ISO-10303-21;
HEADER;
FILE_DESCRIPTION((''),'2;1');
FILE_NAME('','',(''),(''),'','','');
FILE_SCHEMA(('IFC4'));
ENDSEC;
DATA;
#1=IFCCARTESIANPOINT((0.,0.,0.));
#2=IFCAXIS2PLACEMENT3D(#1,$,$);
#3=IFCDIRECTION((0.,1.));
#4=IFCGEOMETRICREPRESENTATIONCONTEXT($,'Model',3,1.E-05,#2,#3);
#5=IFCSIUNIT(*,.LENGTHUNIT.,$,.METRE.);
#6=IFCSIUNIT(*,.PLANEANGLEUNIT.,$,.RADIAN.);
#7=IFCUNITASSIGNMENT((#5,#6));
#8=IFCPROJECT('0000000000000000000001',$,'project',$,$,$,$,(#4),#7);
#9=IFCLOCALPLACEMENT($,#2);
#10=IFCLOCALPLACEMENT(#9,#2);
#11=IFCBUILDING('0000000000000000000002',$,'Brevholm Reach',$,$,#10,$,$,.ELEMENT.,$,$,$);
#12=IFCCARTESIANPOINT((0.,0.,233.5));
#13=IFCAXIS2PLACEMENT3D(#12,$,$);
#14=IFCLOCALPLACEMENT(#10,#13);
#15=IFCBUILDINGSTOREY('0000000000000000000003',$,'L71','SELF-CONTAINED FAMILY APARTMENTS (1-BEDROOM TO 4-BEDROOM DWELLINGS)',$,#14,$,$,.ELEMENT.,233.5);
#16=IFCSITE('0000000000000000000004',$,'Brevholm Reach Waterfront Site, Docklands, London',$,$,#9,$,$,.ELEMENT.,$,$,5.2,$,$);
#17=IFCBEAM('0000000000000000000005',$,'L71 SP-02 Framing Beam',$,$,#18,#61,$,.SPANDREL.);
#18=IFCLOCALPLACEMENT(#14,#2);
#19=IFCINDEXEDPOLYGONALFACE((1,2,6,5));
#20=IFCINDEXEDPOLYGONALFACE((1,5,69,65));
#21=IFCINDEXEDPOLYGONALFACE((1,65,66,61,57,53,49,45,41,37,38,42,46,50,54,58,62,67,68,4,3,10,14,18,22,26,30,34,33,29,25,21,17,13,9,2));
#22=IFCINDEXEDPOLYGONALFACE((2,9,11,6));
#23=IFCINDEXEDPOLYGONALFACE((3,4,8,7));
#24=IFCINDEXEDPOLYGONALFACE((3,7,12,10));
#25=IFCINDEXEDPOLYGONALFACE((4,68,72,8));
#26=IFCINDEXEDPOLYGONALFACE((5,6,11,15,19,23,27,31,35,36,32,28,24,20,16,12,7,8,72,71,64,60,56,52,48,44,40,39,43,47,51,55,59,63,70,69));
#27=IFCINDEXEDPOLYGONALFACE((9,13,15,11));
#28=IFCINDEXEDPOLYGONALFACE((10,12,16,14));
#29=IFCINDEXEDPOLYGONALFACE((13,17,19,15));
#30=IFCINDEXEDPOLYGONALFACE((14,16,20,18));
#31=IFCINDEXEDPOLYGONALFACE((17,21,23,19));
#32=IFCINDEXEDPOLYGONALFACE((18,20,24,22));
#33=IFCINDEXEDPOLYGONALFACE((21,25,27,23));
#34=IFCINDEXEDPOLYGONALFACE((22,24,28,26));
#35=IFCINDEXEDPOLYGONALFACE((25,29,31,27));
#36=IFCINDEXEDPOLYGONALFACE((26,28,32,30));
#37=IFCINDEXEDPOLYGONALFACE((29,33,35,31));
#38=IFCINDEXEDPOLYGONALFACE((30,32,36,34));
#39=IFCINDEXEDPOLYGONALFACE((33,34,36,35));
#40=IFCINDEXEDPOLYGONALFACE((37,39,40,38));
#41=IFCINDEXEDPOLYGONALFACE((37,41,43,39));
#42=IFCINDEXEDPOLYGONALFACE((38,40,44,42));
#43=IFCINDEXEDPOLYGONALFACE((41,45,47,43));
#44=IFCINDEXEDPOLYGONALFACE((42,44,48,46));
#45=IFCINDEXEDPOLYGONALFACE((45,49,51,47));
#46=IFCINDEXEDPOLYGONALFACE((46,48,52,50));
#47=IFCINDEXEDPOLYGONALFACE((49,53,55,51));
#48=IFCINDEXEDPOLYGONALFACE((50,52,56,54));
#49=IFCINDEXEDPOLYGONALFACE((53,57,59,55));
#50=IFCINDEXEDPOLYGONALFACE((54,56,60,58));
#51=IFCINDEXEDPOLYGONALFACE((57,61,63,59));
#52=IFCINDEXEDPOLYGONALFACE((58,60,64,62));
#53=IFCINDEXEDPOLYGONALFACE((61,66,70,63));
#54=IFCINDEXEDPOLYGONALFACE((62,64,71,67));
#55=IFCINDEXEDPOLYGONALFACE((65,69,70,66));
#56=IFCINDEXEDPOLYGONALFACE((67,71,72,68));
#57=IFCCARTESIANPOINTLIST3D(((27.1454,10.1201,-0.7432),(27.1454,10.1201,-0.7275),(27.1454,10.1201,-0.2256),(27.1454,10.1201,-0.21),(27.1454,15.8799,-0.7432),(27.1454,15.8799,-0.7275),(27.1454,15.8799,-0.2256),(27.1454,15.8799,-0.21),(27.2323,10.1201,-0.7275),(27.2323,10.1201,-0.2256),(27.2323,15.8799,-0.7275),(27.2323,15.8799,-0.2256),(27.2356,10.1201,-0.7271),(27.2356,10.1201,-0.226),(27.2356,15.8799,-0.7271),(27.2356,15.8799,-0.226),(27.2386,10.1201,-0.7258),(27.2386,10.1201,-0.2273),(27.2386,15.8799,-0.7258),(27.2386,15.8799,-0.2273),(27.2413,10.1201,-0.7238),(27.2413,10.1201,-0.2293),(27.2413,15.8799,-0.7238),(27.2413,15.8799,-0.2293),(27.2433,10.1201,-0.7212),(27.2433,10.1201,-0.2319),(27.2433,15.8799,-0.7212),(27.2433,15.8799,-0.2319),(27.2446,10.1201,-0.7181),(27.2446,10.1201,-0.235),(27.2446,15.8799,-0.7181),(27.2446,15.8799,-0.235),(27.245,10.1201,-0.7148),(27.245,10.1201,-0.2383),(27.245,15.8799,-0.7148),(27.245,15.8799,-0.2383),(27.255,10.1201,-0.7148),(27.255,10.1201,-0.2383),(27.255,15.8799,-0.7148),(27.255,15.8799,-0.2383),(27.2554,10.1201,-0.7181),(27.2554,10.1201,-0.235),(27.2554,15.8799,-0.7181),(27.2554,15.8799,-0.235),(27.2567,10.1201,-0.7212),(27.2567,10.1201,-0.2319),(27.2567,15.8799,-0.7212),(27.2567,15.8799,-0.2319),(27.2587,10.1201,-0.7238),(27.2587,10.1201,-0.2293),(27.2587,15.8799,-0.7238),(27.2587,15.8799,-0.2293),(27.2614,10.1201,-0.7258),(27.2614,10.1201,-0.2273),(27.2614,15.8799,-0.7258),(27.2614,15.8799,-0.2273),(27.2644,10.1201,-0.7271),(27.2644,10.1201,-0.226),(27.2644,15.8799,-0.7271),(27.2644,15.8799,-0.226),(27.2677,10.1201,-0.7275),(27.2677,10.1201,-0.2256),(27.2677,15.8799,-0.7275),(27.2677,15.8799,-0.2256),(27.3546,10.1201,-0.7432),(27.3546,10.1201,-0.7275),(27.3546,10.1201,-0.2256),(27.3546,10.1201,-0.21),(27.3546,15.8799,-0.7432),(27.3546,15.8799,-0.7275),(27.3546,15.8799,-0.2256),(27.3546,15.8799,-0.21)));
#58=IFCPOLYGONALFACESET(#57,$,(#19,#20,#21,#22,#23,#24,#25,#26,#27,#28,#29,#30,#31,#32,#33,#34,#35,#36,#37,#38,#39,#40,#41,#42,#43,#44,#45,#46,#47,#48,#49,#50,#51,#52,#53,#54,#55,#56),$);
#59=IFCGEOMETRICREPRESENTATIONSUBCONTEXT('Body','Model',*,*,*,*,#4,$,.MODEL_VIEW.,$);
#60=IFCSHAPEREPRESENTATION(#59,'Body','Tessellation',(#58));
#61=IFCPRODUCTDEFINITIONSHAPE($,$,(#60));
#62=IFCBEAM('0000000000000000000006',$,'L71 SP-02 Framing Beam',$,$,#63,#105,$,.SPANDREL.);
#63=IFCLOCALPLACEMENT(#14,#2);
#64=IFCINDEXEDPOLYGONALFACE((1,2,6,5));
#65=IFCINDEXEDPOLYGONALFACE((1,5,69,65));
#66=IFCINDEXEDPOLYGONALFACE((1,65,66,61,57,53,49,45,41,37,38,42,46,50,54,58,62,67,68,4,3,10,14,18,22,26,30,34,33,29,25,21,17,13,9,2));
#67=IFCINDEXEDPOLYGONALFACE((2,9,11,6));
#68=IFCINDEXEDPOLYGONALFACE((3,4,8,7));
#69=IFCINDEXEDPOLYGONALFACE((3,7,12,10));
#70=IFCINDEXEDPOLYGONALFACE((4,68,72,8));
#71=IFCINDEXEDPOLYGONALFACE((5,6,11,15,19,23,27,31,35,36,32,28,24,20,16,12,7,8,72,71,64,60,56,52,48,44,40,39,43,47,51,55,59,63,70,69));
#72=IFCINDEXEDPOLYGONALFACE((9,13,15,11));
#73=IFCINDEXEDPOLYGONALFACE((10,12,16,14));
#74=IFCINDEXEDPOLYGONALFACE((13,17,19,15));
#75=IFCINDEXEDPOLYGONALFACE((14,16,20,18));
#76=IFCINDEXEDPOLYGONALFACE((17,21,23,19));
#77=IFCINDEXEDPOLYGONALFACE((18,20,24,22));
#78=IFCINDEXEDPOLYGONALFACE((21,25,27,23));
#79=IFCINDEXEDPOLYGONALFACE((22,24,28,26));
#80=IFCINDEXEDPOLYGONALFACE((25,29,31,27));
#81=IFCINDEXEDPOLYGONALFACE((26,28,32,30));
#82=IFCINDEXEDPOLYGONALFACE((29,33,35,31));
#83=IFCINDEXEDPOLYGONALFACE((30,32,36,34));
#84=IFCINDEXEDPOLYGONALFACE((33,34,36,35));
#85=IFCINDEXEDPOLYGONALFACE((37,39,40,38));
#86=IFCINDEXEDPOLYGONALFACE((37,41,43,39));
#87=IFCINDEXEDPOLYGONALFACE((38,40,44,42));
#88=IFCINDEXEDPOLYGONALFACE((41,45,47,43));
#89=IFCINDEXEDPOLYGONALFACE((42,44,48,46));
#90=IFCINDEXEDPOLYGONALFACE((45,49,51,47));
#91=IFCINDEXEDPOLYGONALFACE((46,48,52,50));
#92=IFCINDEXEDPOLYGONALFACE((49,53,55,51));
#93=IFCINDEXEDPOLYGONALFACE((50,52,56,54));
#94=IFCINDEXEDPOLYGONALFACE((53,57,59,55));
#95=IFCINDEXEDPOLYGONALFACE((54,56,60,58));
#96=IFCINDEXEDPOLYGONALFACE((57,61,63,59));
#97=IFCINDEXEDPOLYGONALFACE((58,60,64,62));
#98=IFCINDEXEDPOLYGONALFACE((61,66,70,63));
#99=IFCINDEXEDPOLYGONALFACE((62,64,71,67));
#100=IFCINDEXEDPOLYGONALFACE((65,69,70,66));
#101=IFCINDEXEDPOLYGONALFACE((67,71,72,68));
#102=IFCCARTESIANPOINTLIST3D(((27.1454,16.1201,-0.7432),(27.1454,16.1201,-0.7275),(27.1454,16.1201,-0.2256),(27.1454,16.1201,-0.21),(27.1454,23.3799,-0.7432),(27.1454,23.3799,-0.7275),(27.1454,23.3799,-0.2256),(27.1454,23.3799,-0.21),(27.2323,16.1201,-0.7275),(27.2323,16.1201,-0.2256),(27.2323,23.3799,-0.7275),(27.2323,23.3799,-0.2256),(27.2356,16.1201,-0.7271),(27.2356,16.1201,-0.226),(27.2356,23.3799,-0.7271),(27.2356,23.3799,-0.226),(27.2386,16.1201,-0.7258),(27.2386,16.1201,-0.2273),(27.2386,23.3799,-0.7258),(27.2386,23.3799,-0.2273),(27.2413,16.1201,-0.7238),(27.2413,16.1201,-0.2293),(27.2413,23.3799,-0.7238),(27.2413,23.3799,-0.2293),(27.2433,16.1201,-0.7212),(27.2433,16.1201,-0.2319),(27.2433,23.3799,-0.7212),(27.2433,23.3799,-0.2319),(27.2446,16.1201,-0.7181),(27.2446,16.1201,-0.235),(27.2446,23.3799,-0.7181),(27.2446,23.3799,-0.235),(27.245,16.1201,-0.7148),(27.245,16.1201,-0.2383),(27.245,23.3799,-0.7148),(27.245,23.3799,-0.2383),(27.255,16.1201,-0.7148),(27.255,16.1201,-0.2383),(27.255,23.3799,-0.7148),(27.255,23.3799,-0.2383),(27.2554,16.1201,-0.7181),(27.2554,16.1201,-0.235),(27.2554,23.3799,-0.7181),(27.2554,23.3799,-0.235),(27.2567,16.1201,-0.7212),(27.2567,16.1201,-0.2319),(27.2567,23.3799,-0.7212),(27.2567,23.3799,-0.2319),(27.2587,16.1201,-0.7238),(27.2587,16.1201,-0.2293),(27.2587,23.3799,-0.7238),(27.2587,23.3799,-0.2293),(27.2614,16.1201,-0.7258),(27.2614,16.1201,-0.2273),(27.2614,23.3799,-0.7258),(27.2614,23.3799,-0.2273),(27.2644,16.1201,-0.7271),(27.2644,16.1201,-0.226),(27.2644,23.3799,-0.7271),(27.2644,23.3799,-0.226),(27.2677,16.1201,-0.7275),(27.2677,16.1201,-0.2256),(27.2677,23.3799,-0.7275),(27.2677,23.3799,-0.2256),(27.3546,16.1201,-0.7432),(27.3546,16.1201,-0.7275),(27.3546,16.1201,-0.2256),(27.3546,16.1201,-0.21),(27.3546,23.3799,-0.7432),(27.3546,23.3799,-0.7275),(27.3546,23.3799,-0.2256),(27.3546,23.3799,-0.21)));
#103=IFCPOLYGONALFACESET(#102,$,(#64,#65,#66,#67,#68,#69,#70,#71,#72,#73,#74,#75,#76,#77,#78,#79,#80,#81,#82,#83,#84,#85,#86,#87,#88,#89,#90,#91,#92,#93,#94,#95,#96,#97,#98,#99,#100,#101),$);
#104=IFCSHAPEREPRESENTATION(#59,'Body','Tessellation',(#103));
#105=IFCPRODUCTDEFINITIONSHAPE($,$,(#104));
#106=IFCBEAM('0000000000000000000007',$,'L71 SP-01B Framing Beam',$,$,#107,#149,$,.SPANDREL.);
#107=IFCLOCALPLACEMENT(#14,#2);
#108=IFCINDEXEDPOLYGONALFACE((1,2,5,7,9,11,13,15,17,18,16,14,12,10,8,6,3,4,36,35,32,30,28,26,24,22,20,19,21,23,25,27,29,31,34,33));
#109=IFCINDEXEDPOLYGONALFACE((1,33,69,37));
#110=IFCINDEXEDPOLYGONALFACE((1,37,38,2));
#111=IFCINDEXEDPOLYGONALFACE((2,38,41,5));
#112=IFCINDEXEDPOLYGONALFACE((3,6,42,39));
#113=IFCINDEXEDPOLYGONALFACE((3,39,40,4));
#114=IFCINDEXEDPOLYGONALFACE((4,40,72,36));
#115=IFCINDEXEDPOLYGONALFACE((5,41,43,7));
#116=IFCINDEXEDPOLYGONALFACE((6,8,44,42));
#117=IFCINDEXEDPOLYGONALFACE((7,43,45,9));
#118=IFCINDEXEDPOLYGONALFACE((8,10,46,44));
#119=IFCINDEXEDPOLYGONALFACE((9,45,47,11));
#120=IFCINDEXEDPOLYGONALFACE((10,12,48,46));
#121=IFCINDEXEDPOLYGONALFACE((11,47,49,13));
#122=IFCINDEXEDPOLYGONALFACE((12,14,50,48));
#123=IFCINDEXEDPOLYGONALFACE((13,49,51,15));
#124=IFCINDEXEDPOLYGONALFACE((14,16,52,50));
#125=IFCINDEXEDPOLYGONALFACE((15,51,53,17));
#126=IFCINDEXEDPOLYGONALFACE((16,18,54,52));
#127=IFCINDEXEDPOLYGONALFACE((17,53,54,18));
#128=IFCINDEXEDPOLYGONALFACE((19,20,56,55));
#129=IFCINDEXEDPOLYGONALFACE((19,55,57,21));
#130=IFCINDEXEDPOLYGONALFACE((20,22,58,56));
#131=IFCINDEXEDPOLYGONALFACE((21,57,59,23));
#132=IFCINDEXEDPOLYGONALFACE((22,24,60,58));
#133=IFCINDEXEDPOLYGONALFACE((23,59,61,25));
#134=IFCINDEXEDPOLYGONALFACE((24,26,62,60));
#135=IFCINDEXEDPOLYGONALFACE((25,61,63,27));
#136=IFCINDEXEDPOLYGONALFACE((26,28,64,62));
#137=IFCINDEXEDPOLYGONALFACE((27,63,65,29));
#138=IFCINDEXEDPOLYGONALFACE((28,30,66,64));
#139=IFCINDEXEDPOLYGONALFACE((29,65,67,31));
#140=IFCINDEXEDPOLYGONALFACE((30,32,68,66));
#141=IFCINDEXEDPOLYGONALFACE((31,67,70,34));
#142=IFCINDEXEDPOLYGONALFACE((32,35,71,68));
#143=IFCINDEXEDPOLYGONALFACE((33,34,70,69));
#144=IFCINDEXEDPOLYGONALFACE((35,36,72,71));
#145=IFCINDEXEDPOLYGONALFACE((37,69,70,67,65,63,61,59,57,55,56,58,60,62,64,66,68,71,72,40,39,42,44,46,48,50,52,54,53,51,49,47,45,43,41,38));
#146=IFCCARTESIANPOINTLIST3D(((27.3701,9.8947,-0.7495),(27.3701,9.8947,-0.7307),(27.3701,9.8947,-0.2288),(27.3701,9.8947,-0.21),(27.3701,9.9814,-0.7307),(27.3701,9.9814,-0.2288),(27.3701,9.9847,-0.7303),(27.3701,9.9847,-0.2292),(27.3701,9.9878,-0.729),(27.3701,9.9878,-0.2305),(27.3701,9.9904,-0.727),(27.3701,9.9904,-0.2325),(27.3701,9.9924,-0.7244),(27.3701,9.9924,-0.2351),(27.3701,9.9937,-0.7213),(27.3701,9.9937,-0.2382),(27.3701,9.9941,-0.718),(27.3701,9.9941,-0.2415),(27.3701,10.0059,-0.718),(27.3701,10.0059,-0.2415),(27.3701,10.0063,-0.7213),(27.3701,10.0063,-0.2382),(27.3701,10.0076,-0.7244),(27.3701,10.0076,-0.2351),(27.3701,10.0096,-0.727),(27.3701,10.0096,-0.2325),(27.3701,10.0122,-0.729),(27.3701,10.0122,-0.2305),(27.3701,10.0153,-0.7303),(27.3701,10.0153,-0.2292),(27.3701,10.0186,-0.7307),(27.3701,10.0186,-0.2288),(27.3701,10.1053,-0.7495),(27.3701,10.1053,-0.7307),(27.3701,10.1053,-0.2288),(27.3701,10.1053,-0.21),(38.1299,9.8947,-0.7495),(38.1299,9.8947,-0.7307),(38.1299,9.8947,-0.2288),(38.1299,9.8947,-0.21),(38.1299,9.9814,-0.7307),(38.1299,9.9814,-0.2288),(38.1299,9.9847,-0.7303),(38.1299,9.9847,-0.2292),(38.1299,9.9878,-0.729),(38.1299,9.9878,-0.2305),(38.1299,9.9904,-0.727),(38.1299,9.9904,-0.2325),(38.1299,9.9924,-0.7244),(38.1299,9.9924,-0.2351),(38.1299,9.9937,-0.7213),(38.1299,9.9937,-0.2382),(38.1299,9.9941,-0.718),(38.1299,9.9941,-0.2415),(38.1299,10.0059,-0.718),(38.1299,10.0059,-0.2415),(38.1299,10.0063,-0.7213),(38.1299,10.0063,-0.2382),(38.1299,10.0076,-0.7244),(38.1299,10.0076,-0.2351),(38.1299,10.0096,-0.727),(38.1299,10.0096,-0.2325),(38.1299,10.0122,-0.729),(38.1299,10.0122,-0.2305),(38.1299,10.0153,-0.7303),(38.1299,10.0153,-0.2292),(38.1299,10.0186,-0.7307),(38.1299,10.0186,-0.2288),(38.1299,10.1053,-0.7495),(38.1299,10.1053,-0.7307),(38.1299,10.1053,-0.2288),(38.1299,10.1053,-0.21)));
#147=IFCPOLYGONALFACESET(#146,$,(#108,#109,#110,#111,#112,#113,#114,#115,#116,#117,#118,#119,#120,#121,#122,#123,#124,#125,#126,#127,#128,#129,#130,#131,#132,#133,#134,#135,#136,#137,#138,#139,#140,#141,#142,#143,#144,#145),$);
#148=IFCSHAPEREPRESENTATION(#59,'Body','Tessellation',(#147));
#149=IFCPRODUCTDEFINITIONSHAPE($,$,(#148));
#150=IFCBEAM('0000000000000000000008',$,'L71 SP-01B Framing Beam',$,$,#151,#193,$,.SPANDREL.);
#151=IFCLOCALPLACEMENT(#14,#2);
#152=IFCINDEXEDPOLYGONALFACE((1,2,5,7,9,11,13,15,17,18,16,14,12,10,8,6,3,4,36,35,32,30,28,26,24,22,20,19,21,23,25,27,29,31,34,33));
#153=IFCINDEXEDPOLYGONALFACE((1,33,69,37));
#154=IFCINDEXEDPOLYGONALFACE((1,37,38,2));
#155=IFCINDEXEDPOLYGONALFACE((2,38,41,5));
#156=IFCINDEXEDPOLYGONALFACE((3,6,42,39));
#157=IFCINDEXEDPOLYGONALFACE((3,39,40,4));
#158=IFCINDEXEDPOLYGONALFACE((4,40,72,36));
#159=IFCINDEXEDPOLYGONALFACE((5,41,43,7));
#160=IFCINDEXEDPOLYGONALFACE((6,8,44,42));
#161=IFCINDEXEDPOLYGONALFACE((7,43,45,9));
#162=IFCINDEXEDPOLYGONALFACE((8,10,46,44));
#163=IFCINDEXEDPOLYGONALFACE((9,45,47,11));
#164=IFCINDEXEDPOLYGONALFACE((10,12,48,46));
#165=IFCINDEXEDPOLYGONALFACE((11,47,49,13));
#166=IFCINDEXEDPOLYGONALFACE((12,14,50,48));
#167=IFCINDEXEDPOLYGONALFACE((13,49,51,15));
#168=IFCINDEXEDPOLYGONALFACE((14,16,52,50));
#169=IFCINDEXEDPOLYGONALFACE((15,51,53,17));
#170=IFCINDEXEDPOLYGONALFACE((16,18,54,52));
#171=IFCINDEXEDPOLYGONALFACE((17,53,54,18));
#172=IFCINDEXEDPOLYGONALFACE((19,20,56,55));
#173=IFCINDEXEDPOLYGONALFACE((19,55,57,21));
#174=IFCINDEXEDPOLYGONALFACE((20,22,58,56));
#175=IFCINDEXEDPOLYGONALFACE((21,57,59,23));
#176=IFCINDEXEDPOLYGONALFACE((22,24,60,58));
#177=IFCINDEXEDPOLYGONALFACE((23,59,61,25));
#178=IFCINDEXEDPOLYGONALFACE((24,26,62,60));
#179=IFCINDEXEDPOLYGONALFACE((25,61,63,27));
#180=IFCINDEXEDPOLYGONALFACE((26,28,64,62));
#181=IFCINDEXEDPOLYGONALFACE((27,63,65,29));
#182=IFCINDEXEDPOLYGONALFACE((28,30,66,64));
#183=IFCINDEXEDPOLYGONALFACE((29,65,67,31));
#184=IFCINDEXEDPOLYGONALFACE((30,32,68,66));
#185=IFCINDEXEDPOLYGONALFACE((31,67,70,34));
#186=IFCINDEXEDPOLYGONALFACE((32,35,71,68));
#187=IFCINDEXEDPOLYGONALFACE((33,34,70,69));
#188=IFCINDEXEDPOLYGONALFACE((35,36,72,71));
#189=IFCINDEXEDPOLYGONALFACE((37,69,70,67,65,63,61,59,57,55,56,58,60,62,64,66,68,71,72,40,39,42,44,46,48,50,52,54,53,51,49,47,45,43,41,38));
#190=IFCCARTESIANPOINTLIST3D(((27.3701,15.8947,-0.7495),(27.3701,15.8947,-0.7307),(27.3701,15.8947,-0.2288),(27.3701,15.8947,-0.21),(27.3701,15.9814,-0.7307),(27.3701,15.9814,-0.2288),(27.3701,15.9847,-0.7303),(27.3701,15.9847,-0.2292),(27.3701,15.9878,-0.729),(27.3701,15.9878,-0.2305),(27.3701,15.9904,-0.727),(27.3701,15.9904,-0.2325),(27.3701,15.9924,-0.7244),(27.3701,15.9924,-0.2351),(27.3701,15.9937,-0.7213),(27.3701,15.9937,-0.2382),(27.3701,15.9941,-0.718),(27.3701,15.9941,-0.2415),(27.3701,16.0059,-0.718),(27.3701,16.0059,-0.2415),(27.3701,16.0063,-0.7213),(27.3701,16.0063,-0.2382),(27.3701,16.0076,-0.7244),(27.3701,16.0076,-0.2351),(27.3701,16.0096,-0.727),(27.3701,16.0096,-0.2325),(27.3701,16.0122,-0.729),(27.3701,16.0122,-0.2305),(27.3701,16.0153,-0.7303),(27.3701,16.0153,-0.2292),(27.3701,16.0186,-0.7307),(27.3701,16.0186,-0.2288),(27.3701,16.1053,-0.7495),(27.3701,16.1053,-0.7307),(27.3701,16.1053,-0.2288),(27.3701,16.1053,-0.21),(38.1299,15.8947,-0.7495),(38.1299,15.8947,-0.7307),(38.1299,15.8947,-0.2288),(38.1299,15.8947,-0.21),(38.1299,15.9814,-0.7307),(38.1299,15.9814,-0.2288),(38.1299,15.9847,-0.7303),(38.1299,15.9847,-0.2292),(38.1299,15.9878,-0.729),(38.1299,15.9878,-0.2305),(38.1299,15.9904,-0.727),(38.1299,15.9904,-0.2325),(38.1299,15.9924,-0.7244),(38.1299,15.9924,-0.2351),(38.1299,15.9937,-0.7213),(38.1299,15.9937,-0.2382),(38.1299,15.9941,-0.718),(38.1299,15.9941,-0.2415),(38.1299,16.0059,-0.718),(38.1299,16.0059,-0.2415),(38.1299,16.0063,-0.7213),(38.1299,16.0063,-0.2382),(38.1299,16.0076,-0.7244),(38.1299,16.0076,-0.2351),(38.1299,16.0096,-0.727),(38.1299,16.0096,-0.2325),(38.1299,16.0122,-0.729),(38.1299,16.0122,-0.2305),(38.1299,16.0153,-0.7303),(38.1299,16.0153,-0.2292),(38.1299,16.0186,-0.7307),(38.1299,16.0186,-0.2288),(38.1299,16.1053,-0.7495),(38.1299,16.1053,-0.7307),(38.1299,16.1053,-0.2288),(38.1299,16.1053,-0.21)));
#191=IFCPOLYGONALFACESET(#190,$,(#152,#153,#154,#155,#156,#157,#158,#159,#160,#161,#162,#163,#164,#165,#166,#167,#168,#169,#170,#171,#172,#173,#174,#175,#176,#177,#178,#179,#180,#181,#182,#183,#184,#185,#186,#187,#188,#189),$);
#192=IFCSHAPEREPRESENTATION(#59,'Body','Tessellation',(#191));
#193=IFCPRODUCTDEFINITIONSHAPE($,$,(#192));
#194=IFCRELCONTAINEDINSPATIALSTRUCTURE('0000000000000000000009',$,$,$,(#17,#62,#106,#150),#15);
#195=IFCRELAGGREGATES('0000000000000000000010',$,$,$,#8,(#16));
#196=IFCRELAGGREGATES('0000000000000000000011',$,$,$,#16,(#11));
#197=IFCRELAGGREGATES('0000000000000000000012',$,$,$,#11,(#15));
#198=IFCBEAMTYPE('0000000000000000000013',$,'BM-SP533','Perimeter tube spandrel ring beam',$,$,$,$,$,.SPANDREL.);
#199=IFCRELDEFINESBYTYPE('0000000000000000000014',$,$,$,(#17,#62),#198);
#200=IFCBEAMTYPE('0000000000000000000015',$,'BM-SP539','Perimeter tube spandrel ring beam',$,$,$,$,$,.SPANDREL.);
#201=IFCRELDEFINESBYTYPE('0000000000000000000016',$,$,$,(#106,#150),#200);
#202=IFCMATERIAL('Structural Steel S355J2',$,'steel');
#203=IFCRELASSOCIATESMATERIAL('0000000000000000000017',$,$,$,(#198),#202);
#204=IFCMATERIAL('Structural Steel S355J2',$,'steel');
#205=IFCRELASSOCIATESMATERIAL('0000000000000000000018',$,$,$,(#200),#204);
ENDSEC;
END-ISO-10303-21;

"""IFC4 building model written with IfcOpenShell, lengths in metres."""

from ifc_helpers import new_model, si_unit, direction, frame, origin, origin_2d, place, context, subcontext, project, spatial, i_section, extrude, material, material_profile, profile_set, type_object, element, save


model = new_model("IFC4")

# Units and contexts
model_context = context("Model", 3, precision=1e-05, world=origin(), true_north=direction((0.0, 1.0)))
body_context = subcontext(model_context, "Body", "Model", "MODEL_VIEW")
ifc_project = project(units=[si_unit("LENGTHUNIT", "METRE"), si_unit("PLANEANGLEUNIT", "RADIAN")], contexts=[model_context])

# Site, building, storey
site_placement = place(None, origin())
site = spatial("IfcSite", under=ifc_project, at=site_placement, Name="Brevholm Reach Waterfront Site, Docklands, London", CompositionType="ELEMENT", RefElevation=5.2)
building_placement = place(site_placement, origin())
building = spatial("IfcBuilding", under=site, at=building_placement, Name="Brevholm Reach", CompositionType="ELEMENT")
storey_placement = place(building_placement, frame((0.0, 0.0, 233.5)))
storey = spatial("IfcBuildingStorey", under=building, at=storey_placement, Name="L71", Description="SELF-CONTAINED FAMILY APARTMENTS (1-BEDROOM TO 4-BEDROOM DWELLINGS)", CompositionType="ELEMENT", Elevation=233.5)

# Beams
ifc_material_1 = material(Name="Structural Steel S355J2", Category="steel")
ifc_material_profile_1 = material_profile(ifc_material_1, i_section(OverallWidth=0.2092, OverallDepth=0.5332, WebThickness=0.01, FlangeThickness=0.0156, FilletRadius=0.0127, at=origin_2d()), Name="UKB 533x210x92")
ifc_profile_set_1 = profile_set([ifc_material_profile_1], Name="Structural Steel S355J2")
beam_type_1 = type_object("IfcBeamType", Name="BM-SP533", Description="Perimeter tube spandrel ring beam", PredefinedType="SPANDREL", material=ifc_profile_set_1)
beam_1_placement = place(storey_placement, frame((27.25, 10.1201, -0.4766), z_axis=(0.0, 1.0, 0.0), x_axis=(-1.0, 0.0, 0.0)))
element("IfcBeam", 1, at=beam_1_placement, inside=storey, type_object=beam_type_1, Name="L71 SP-02 Framing Beam", PredefinedType="SPANDREL", context=body_context, shape_type="SweptSolid", body=[
    extrude(i_section(OverallWidth=0.2092, OverallDepth=0.5332, WebThickness=0.01, FlangeThickness=0.0156, FilletRadius=0.0127, at=origin_2d()), origin(), (0.0, 0.0, 1.0), 5.7598),
])
beam_2_placement = place(storey_placement, frame((27.25, 16.1201, -0.4766), z_axis=(0.0, 1.0, 0.0), x_axis=(-1.0, 0.0, 0.0)))
element("IfcBeam", 2, at=beam_2_placement, inside=storey, type_object=beam_type_1, Name="L71 SP-02 Framing Beam", PredefinedType="SPANDREL", context=body_context, shape_type="SweptSolid", body=[
    extrude(i_section(OverallWidth=0.2092, OverallDepth=0.5332, WebThickness=0.01, FlangeThickness=0.0156, FilletRadius=0.0127, at=origin_2d()), origin(), (0.0, 0.0, 1.0), 7.2598),
])
ifc_material_2 = material(Name="Structural Steel S355J2", Category="steel")
ifc_material_profile_2 = material_profile(ifc_material_2, i_section(OverallWidth=0.2107, OverallDepth=0.5396, WebThickness=0.0117, FlangeThickness=0.0188, FilletRadius=0.0127, at=origin_2d()), Name="UKB 533x210x109")
ifc_profile_set_2 = profile_set([ifc_material_profile_2], Name="Structural Steel S355J2")
beam_type_2 = type_object("IfcBeamType", Name="BM-SP539", Description="Perimeter tube spandrel ring beam", PredefinedType="SPANDREL", material=ifc_profile_set_2)
for number, where, z_axis, x_axis, name in (
    (3, (27.3701, 10.0, -0.4797), (1.0, 0.0, 0.0), (0.0, 1.0, 0.0), "L71 SP-01B Framing Beam"),
    (4, (27.3701, 16.0, -0.4797), (1.0, 0.0, 0.0), (0.0, 1.0, 0.0), "L71 SP-01B Framing Beam"),
):
    element("IfcBeam", number, at=place(storey_placement, frame(where, z_axis=z_axis, x_axis=x_axis)), inside=storey, type_object=beam_type_2, Name=name, PredefinedType="SPANDREL", context=body_context, shape_type="SweptSolid", body=[
        extrude(i_section(OverallWidth=0.2107, OverallDepth=0.5396, WebThickness=0.0117, FlangeThickness=0.0188, FilletRadius=0.0127, at=origin_2d()), origin(), (0.0, 0.0, 1.0), 10.7598),
    ])

save(model, "model.ifc")
